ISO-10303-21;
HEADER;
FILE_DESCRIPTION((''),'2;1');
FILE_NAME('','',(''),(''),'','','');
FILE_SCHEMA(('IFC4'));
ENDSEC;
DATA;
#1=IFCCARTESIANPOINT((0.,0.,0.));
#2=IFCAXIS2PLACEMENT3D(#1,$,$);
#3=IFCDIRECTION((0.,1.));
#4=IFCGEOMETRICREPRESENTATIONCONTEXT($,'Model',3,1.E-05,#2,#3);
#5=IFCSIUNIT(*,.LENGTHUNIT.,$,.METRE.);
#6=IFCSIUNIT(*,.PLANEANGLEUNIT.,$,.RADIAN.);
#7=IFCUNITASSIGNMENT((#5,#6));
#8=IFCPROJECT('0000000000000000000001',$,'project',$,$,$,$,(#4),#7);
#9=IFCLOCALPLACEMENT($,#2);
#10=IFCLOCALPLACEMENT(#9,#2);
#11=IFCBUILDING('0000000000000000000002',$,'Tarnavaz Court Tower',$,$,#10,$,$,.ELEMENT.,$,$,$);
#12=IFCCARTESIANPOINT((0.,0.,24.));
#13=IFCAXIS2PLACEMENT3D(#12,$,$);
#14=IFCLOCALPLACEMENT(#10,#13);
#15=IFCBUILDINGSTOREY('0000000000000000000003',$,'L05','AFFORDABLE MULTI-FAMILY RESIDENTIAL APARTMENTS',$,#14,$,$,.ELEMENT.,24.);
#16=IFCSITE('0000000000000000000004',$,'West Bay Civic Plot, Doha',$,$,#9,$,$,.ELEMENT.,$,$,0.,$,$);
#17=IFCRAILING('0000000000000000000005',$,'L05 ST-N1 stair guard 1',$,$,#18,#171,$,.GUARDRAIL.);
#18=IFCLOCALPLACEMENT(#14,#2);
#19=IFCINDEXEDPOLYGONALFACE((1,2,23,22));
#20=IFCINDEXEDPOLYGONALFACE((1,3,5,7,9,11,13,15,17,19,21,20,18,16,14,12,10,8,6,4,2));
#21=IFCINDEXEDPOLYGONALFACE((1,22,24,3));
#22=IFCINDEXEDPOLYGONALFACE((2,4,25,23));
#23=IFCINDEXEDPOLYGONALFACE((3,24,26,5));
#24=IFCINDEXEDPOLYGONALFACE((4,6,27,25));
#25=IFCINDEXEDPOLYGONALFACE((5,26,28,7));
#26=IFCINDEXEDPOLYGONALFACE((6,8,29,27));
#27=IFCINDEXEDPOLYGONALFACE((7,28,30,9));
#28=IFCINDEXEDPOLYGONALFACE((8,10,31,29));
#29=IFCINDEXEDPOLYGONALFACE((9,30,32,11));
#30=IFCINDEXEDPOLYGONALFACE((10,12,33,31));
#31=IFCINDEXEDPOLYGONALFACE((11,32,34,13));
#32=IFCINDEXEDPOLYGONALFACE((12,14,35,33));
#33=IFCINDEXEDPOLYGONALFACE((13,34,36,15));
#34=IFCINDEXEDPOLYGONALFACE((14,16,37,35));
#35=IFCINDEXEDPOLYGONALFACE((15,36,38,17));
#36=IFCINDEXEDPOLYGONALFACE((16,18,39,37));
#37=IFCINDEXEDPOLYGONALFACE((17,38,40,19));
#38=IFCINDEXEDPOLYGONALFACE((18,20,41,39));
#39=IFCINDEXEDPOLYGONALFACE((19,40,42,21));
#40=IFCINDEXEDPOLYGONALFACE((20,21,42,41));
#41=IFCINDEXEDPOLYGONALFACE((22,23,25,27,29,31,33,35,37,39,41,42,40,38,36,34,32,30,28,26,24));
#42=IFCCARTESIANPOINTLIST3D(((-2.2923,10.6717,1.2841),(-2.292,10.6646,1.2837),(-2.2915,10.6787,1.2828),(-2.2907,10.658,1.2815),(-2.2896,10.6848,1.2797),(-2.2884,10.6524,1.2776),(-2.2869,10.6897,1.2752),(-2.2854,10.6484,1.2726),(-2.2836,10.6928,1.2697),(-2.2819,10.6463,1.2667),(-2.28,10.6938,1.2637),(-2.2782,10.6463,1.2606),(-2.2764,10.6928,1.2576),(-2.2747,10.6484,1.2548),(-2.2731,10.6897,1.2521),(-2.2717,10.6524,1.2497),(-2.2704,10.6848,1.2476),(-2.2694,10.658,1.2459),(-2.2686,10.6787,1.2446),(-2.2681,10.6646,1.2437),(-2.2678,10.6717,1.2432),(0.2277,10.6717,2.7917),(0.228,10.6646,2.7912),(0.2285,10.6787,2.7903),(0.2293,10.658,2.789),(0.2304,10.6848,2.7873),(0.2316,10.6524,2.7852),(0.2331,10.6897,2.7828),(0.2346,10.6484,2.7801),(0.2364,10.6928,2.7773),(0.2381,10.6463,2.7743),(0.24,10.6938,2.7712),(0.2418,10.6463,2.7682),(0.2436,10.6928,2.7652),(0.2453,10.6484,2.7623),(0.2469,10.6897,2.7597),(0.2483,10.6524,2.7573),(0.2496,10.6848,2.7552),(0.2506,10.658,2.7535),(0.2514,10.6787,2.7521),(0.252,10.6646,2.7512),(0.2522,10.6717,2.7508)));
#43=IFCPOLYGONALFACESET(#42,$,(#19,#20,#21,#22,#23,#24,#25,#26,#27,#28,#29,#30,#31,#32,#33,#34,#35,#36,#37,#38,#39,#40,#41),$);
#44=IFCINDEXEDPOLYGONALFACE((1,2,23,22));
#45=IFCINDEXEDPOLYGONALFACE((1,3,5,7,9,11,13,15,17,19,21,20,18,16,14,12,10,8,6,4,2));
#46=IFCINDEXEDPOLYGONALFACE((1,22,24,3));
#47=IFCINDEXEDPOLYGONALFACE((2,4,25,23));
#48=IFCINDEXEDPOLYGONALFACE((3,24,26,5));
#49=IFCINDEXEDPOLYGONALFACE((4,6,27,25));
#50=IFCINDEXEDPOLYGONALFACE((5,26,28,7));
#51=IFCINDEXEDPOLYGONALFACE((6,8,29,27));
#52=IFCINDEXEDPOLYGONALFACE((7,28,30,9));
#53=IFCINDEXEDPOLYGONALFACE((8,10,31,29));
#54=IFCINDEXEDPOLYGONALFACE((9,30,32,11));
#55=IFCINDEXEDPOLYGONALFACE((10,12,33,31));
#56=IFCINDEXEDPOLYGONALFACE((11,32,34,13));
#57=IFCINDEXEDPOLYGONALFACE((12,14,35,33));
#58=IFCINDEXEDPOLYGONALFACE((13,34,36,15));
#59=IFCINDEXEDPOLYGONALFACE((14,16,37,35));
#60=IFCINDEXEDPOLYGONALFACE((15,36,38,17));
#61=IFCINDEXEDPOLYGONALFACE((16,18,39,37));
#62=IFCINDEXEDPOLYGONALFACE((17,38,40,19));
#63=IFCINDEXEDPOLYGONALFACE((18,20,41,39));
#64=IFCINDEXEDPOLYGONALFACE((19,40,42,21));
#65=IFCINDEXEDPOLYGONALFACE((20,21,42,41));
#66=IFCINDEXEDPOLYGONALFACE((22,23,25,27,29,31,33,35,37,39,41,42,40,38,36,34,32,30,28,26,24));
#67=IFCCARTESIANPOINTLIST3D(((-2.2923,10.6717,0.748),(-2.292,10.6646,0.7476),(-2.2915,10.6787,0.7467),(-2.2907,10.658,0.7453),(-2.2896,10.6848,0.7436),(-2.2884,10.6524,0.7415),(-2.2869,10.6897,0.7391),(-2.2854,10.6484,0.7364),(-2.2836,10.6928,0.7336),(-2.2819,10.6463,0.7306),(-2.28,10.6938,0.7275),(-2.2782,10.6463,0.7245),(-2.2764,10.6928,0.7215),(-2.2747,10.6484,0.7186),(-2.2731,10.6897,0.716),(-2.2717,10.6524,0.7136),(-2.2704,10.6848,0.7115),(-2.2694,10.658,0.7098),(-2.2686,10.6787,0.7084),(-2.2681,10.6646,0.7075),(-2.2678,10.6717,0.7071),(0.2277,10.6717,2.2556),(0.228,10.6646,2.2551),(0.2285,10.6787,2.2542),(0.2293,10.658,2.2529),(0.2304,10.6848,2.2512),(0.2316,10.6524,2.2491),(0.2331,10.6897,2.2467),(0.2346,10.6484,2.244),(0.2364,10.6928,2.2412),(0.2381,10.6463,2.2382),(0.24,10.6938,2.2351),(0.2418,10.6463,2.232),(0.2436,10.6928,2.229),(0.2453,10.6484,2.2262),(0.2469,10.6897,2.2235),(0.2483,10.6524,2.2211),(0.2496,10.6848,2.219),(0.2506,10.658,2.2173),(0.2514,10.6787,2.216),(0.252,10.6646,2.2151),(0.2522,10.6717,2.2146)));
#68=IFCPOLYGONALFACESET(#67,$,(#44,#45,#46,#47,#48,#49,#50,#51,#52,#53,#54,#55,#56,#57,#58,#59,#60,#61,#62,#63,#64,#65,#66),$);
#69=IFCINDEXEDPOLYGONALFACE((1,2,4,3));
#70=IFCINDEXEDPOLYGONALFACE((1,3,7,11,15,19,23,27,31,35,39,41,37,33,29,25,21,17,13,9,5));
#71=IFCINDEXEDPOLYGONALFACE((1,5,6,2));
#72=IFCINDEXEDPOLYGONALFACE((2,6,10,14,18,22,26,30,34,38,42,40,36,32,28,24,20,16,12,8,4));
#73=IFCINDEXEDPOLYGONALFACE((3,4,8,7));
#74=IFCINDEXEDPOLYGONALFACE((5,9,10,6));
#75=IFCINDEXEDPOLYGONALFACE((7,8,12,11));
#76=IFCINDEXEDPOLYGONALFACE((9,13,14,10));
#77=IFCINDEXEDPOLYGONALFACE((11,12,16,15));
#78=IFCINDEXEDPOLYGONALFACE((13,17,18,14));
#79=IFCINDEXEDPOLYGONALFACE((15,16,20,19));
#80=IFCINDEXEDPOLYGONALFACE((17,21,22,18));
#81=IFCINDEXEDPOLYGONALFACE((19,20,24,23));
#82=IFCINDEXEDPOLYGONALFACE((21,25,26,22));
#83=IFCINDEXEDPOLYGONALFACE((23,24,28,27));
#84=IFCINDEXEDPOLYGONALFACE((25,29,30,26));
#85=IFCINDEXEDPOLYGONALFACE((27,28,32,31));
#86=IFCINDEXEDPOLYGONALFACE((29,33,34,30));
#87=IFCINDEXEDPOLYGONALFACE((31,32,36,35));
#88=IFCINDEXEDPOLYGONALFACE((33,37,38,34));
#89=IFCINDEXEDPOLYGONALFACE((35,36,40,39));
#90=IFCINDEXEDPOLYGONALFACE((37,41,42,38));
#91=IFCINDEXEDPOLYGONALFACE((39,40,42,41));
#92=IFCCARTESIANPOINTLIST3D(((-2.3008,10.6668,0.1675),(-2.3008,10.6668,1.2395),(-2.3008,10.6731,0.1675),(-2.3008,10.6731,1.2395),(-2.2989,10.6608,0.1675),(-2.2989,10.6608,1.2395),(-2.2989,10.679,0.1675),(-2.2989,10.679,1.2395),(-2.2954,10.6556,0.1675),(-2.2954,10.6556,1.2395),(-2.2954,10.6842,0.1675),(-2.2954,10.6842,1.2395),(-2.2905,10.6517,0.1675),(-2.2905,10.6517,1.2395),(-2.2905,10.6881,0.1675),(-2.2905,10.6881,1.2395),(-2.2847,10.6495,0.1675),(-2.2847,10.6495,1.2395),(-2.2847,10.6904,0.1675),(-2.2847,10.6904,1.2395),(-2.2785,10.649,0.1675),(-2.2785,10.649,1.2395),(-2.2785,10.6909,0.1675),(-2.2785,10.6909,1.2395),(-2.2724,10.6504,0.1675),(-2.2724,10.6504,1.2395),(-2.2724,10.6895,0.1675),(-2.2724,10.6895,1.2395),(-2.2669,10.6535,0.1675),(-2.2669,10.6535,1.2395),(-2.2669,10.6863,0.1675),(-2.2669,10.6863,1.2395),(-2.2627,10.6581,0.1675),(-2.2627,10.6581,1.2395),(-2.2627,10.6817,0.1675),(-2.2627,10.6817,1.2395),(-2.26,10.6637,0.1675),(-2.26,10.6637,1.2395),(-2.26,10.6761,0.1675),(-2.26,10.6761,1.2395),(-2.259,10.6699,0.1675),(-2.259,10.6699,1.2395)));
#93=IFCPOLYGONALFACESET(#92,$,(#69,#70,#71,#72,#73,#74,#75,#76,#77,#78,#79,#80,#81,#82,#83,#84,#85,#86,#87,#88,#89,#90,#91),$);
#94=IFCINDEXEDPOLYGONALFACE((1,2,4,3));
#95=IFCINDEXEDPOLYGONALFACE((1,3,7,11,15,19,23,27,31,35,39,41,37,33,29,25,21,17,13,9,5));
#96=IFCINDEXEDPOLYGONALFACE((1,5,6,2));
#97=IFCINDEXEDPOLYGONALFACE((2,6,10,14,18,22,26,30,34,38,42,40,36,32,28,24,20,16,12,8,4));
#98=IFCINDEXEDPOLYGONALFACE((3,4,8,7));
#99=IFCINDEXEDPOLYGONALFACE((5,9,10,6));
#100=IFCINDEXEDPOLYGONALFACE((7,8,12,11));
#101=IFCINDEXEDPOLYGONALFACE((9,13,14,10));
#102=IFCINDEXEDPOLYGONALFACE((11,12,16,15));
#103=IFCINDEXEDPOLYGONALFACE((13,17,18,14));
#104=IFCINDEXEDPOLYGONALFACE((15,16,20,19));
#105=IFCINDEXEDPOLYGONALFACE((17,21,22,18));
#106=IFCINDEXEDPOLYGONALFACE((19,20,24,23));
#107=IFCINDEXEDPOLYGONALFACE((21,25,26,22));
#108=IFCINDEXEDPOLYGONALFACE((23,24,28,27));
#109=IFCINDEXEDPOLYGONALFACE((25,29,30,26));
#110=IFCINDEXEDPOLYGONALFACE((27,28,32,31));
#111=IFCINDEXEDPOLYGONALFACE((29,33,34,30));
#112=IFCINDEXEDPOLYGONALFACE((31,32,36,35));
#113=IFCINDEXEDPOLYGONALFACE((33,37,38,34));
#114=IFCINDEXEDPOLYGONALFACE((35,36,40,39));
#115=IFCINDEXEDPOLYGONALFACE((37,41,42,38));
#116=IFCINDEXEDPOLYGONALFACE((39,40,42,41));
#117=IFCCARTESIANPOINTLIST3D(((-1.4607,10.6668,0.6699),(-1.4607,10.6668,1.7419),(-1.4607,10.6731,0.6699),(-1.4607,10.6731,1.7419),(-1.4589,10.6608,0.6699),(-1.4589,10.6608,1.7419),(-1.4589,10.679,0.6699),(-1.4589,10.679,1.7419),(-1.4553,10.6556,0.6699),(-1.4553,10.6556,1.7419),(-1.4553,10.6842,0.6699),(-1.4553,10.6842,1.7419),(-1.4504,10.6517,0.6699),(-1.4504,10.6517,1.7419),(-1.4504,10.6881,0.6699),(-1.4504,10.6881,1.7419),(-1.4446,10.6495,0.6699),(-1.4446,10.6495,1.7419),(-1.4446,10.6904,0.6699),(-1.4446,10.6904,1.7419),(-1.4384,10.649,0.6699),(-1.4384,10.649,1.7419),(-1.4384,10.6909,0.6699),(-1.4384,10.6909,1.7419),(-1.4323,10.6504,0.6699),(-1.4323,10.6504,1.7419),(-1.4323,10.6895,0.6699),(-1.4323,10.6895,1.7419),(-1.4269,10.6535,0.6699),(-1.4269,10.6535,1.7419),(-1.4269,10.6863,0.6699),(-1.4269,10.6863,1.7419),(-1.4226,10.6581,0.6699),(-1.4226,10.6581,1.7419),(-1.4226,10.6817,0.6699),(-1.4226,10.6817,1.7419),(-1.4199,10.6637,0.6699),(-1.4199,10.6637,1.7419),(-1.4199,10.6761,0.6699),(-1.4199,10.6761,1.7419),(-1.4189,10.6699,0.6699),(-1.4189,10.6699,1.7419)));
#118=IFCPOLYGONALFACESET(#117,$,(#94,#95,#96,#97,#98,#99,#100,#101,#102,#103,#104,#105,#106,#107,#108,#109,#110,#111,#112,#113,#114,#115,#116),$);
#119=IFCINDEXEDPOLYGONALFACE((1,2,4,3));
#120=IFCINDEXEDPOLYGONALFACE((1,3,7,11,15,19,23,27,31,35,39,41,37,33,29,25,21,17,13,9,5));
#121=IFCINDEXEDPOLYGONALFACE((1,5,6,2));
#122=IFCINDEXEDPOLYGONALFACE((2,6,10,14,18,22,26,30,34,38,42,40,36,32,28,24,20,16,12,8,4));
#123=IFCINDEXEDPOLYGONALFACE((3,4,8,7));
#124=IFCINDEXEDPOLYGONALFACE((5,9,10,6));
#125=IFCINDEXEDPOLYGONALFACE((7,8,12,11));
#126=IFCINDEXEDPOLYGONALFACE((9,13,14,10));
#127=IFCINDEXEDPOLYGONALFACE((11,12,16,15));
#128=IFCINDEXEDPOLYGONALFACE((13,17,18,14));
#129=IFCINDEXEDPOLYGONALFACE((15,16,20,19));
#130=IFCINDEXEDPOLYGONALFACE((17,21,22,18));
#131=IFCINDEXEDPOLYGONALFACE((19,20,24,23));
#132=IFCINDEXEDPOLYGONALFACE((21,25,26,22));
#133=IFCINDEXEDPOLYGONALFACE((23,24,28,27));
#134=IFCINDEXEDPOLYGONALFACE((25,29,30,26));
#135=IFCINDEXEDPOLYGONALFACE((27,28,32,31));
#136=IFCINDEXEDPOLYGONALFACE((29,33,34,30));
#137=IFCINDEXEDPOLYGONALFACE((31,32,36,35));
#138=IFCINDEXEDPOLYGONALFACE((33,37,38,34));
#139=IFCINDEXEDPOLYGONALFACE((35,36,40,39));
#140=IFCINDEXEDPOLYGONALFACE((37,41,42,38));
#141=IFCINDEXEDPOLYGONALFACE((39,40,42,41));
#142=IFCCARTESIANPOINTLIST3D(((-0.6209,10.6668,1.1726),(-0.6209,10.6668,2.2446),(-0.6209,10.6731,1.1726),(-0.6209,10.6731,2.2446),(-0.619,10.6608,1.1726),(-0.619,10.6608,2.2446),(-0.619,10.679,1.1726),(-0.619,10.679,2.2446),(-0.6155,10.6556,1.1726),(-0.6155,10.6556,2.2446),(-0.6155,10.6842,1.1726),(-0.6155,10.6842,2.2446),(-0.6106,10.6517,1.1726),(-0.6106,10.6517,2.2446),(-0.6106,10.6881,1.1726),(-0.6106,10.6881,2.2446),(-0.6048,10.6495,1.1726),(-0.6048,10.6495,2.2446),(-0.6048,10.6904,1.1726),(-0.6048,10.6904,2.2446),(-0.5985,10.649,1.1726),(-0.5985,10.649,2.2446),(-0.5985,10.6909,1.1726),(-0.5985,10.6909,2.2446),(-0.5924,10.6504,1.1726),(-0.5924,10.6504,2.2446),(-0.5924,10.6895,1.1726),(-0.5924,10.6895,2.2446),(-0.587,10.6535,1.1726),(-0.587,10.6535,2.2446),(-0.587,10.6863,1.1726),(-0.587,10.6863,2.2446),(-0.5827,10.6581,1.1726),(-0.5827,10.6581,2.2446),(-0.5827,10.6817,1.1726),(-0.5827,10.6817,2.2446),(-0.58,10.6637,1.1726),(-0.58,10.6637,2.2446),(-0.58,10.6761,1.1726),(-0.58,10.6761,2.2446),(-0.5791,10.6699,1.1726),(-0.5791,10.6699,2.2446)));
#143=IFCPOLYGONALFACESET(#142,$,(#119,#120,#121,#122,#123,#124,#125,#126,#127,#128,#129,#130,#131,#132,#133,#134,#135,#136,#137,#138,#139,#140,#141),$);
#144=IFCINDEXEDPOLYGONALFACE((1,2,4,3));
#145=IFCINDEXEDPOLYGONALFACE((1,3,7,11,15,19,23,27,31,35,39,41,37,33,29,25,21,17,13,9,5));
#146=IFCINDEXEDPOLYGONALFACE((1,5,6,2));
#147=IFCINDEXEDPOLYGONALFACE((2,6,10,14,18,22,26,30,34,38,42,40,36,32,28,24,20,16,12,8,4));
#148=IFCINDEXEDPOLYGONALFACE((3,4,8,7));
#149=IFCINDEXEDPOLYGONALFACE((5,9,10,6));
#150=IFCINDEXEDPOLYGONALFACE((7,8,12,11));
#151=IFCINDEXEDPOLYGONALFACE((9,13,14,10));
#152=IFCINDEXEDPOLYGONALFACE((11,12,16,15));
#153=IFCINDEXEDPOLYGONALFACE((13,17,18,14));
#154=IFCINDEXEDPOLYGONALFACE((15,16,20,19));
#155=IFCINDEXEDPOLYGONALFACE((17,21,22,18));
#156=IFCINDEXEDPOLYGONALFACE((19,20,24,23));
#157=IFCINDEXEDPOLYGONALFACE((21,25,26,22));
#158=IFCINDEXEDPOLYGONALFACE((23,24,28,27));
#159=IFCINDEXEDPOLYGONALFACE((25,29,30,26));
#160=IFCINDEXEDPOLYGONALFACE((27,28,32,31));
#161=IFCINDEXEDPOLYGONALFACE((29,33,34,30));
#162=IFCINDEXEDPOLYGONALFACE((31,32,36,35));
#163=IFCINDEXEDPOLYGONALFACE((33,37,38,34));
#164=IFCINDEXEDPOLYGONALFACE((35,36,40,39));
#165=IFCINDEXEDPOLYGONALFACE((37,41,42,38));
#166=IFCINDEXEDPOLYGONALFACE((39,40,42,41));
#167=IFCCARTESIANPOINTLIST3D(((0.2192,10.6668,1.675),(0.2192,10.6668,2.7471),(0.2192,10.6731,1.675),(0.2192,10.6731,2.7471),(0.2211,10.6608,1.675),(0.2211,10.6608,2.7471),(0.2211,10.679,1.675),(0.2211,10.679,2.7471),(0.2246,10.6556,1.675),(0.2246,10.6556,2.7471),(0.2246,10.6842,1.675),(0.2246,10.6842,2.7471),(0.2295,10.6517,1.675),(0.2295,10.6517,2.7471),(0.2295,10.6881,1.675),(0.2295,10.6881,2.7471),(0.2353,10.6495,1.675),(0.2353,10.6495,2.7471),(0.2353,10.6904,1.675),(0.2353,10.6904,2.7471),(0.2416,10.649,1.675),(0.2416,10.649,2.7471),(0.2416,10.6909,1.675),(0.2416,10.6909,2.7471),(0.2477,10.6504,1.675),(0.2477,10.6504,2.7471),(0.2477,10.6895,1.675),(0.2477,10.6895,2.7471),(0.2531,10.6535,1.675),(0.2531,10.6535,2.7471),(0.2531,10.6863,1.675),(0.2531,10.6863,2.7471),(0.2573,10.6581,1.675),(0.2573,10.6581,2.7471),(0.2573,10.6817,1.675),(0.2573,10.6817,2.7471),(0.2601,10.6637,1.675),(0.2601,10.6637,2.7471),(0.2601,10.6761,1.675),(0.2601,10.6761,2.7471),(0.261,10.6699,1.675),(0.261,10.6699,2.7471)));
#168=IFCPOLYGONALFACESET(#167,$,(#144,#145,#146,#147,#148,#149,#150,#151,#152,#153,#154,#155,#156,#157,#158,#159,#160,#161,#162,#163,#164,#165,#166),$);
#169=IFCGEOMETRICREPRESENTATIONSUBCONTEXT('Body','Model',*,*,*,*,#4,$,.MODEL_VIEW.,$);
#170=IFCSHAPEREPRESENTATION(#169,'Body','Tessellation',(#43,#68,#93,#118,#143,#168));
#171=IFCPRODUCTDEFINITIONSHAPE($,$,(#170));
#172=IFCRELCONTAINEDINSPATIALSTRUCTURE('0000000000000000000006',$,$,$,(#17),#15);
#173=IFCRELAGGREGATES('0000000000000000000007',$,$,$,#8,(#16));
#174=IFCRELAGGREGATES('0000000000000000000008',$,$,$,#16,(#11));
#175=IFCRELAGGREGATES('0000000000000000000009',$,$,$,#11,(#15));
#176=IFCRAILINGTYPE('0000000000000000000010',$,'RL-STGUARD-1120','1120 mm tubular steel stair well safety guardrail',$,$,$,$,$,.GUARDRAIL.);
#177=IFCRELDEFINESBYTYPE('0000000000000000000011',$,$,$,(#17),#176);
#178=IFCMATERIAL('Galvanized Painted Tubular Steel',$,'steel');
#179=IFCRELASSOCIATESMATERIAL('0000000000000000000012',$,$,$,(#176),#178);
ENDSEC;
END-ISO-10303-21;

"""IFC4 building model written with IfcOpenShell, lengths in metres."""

from ifc_helpers import new_model, si_unit, direction, frame, origin, origin_2d, place, context, subcontext, project, spatial, circle, extrude, material, type_object, element, save


model = new_model("IFC4")

# Units and contexts
model_context = context("Model", 3, precision=1e-05, world=origin(), true_north=direction((0.0, 1.0)))
body_context = subcontext(model_context, "Body", "Model", "MODEL_VIEW")
ifc_project = project(units=[si_unit("LENGTHUNIT", "METRE"), si_unit("PLANEANGLEUNIT", "RADIAN")], contexts=[model_context])

# Site, building, storey
site_placement = place(None, origin())
site = spatial("IfcSite", under=ifc_project, at=site_placement, Name="West Bay Civic Plot, Doha", CompositionType="ELEMENT", RefElevation=0.0)
building_placement = place(site_placement, origin())
building = spatial("IfcBuilding", under=site, at=building_placement, Name="Tarnavaz Court Tower", CompositionType="ELEMENT")
storey_placement = place(building_placement, frame((0.0, 0.0, 24.0)))
storey = spatial("IfcBuildingStorey", under=building, at=storey_placement, Name="L05", Description="AFFORDABLE MULTI-FAMILY RESIDENTIAL APARTMENTS", CompositionType="ELEMENT", Elevation=24.0)

# Railing
ifc_material_1 = material(Name="Galvanized Painted Tubular Steel", Category="steel")
railing_type_1 = type_object("IfcRailingType", Name="RL-STGUARD-1120", Description="1120 mm tubular steel stair well safety guardrail", PredefinedType="GUARDRAIL", material=ifc_material_1)
railing_1_placement = place(storey_placement, frame((-2.28, 10.6699, 0.1675)))
element("IfcRailing", 1, at=railing_1_placement, inside=storey, type_object=railing_type_1, Name="L05 ST-N1 stair guard 1", PredefinedType="GUARDRAIL", context=body_context, shape_type="SweptSolid", body=[
    extrude(circle(Radius=0.0239, at=origin_2d()), frame((0.0, 0.0, 1.0962), z_axis=(0.85816, 0.0, 0.513383), x_axis=(0.0, 1.0, 0.0)), (0.0, 0.0, 1.0), 2.9365),
    extrude(circle(Radius=0.0239, at=origin_2d()), frame((0.0, 0.0, 0.5601), z_axis=(0.85816, 0.0, 0.513383), x_axis=(0.0, 1.0, 0.0)), (0.0, 0.0, 1.0), 2.9365),
    extrude(circle(Radius=0.021, at=origin_2d()), origin(), (0.0, 0.0, 1.0), 1.072),
    extrude(circle(Radius=0.021, at=origin_2d()), frame((0.8401, 0.0, 0.5024)), (0.0, 0.0, 1.0), 1.072),
    extrude(circle(Radius=0.021, at=origin_2d()), frame((1.6799, 0.0, 1.0051)), (0.0, 0.0, 1.0), 1.072),
    extrude(circle(Radius=0.021, at=origin_2d()), frame((2.52, 0.0, 1.5076)), (0.0, 0.0, 1.0), 1.072),
])

save(model, "model.ifc")
